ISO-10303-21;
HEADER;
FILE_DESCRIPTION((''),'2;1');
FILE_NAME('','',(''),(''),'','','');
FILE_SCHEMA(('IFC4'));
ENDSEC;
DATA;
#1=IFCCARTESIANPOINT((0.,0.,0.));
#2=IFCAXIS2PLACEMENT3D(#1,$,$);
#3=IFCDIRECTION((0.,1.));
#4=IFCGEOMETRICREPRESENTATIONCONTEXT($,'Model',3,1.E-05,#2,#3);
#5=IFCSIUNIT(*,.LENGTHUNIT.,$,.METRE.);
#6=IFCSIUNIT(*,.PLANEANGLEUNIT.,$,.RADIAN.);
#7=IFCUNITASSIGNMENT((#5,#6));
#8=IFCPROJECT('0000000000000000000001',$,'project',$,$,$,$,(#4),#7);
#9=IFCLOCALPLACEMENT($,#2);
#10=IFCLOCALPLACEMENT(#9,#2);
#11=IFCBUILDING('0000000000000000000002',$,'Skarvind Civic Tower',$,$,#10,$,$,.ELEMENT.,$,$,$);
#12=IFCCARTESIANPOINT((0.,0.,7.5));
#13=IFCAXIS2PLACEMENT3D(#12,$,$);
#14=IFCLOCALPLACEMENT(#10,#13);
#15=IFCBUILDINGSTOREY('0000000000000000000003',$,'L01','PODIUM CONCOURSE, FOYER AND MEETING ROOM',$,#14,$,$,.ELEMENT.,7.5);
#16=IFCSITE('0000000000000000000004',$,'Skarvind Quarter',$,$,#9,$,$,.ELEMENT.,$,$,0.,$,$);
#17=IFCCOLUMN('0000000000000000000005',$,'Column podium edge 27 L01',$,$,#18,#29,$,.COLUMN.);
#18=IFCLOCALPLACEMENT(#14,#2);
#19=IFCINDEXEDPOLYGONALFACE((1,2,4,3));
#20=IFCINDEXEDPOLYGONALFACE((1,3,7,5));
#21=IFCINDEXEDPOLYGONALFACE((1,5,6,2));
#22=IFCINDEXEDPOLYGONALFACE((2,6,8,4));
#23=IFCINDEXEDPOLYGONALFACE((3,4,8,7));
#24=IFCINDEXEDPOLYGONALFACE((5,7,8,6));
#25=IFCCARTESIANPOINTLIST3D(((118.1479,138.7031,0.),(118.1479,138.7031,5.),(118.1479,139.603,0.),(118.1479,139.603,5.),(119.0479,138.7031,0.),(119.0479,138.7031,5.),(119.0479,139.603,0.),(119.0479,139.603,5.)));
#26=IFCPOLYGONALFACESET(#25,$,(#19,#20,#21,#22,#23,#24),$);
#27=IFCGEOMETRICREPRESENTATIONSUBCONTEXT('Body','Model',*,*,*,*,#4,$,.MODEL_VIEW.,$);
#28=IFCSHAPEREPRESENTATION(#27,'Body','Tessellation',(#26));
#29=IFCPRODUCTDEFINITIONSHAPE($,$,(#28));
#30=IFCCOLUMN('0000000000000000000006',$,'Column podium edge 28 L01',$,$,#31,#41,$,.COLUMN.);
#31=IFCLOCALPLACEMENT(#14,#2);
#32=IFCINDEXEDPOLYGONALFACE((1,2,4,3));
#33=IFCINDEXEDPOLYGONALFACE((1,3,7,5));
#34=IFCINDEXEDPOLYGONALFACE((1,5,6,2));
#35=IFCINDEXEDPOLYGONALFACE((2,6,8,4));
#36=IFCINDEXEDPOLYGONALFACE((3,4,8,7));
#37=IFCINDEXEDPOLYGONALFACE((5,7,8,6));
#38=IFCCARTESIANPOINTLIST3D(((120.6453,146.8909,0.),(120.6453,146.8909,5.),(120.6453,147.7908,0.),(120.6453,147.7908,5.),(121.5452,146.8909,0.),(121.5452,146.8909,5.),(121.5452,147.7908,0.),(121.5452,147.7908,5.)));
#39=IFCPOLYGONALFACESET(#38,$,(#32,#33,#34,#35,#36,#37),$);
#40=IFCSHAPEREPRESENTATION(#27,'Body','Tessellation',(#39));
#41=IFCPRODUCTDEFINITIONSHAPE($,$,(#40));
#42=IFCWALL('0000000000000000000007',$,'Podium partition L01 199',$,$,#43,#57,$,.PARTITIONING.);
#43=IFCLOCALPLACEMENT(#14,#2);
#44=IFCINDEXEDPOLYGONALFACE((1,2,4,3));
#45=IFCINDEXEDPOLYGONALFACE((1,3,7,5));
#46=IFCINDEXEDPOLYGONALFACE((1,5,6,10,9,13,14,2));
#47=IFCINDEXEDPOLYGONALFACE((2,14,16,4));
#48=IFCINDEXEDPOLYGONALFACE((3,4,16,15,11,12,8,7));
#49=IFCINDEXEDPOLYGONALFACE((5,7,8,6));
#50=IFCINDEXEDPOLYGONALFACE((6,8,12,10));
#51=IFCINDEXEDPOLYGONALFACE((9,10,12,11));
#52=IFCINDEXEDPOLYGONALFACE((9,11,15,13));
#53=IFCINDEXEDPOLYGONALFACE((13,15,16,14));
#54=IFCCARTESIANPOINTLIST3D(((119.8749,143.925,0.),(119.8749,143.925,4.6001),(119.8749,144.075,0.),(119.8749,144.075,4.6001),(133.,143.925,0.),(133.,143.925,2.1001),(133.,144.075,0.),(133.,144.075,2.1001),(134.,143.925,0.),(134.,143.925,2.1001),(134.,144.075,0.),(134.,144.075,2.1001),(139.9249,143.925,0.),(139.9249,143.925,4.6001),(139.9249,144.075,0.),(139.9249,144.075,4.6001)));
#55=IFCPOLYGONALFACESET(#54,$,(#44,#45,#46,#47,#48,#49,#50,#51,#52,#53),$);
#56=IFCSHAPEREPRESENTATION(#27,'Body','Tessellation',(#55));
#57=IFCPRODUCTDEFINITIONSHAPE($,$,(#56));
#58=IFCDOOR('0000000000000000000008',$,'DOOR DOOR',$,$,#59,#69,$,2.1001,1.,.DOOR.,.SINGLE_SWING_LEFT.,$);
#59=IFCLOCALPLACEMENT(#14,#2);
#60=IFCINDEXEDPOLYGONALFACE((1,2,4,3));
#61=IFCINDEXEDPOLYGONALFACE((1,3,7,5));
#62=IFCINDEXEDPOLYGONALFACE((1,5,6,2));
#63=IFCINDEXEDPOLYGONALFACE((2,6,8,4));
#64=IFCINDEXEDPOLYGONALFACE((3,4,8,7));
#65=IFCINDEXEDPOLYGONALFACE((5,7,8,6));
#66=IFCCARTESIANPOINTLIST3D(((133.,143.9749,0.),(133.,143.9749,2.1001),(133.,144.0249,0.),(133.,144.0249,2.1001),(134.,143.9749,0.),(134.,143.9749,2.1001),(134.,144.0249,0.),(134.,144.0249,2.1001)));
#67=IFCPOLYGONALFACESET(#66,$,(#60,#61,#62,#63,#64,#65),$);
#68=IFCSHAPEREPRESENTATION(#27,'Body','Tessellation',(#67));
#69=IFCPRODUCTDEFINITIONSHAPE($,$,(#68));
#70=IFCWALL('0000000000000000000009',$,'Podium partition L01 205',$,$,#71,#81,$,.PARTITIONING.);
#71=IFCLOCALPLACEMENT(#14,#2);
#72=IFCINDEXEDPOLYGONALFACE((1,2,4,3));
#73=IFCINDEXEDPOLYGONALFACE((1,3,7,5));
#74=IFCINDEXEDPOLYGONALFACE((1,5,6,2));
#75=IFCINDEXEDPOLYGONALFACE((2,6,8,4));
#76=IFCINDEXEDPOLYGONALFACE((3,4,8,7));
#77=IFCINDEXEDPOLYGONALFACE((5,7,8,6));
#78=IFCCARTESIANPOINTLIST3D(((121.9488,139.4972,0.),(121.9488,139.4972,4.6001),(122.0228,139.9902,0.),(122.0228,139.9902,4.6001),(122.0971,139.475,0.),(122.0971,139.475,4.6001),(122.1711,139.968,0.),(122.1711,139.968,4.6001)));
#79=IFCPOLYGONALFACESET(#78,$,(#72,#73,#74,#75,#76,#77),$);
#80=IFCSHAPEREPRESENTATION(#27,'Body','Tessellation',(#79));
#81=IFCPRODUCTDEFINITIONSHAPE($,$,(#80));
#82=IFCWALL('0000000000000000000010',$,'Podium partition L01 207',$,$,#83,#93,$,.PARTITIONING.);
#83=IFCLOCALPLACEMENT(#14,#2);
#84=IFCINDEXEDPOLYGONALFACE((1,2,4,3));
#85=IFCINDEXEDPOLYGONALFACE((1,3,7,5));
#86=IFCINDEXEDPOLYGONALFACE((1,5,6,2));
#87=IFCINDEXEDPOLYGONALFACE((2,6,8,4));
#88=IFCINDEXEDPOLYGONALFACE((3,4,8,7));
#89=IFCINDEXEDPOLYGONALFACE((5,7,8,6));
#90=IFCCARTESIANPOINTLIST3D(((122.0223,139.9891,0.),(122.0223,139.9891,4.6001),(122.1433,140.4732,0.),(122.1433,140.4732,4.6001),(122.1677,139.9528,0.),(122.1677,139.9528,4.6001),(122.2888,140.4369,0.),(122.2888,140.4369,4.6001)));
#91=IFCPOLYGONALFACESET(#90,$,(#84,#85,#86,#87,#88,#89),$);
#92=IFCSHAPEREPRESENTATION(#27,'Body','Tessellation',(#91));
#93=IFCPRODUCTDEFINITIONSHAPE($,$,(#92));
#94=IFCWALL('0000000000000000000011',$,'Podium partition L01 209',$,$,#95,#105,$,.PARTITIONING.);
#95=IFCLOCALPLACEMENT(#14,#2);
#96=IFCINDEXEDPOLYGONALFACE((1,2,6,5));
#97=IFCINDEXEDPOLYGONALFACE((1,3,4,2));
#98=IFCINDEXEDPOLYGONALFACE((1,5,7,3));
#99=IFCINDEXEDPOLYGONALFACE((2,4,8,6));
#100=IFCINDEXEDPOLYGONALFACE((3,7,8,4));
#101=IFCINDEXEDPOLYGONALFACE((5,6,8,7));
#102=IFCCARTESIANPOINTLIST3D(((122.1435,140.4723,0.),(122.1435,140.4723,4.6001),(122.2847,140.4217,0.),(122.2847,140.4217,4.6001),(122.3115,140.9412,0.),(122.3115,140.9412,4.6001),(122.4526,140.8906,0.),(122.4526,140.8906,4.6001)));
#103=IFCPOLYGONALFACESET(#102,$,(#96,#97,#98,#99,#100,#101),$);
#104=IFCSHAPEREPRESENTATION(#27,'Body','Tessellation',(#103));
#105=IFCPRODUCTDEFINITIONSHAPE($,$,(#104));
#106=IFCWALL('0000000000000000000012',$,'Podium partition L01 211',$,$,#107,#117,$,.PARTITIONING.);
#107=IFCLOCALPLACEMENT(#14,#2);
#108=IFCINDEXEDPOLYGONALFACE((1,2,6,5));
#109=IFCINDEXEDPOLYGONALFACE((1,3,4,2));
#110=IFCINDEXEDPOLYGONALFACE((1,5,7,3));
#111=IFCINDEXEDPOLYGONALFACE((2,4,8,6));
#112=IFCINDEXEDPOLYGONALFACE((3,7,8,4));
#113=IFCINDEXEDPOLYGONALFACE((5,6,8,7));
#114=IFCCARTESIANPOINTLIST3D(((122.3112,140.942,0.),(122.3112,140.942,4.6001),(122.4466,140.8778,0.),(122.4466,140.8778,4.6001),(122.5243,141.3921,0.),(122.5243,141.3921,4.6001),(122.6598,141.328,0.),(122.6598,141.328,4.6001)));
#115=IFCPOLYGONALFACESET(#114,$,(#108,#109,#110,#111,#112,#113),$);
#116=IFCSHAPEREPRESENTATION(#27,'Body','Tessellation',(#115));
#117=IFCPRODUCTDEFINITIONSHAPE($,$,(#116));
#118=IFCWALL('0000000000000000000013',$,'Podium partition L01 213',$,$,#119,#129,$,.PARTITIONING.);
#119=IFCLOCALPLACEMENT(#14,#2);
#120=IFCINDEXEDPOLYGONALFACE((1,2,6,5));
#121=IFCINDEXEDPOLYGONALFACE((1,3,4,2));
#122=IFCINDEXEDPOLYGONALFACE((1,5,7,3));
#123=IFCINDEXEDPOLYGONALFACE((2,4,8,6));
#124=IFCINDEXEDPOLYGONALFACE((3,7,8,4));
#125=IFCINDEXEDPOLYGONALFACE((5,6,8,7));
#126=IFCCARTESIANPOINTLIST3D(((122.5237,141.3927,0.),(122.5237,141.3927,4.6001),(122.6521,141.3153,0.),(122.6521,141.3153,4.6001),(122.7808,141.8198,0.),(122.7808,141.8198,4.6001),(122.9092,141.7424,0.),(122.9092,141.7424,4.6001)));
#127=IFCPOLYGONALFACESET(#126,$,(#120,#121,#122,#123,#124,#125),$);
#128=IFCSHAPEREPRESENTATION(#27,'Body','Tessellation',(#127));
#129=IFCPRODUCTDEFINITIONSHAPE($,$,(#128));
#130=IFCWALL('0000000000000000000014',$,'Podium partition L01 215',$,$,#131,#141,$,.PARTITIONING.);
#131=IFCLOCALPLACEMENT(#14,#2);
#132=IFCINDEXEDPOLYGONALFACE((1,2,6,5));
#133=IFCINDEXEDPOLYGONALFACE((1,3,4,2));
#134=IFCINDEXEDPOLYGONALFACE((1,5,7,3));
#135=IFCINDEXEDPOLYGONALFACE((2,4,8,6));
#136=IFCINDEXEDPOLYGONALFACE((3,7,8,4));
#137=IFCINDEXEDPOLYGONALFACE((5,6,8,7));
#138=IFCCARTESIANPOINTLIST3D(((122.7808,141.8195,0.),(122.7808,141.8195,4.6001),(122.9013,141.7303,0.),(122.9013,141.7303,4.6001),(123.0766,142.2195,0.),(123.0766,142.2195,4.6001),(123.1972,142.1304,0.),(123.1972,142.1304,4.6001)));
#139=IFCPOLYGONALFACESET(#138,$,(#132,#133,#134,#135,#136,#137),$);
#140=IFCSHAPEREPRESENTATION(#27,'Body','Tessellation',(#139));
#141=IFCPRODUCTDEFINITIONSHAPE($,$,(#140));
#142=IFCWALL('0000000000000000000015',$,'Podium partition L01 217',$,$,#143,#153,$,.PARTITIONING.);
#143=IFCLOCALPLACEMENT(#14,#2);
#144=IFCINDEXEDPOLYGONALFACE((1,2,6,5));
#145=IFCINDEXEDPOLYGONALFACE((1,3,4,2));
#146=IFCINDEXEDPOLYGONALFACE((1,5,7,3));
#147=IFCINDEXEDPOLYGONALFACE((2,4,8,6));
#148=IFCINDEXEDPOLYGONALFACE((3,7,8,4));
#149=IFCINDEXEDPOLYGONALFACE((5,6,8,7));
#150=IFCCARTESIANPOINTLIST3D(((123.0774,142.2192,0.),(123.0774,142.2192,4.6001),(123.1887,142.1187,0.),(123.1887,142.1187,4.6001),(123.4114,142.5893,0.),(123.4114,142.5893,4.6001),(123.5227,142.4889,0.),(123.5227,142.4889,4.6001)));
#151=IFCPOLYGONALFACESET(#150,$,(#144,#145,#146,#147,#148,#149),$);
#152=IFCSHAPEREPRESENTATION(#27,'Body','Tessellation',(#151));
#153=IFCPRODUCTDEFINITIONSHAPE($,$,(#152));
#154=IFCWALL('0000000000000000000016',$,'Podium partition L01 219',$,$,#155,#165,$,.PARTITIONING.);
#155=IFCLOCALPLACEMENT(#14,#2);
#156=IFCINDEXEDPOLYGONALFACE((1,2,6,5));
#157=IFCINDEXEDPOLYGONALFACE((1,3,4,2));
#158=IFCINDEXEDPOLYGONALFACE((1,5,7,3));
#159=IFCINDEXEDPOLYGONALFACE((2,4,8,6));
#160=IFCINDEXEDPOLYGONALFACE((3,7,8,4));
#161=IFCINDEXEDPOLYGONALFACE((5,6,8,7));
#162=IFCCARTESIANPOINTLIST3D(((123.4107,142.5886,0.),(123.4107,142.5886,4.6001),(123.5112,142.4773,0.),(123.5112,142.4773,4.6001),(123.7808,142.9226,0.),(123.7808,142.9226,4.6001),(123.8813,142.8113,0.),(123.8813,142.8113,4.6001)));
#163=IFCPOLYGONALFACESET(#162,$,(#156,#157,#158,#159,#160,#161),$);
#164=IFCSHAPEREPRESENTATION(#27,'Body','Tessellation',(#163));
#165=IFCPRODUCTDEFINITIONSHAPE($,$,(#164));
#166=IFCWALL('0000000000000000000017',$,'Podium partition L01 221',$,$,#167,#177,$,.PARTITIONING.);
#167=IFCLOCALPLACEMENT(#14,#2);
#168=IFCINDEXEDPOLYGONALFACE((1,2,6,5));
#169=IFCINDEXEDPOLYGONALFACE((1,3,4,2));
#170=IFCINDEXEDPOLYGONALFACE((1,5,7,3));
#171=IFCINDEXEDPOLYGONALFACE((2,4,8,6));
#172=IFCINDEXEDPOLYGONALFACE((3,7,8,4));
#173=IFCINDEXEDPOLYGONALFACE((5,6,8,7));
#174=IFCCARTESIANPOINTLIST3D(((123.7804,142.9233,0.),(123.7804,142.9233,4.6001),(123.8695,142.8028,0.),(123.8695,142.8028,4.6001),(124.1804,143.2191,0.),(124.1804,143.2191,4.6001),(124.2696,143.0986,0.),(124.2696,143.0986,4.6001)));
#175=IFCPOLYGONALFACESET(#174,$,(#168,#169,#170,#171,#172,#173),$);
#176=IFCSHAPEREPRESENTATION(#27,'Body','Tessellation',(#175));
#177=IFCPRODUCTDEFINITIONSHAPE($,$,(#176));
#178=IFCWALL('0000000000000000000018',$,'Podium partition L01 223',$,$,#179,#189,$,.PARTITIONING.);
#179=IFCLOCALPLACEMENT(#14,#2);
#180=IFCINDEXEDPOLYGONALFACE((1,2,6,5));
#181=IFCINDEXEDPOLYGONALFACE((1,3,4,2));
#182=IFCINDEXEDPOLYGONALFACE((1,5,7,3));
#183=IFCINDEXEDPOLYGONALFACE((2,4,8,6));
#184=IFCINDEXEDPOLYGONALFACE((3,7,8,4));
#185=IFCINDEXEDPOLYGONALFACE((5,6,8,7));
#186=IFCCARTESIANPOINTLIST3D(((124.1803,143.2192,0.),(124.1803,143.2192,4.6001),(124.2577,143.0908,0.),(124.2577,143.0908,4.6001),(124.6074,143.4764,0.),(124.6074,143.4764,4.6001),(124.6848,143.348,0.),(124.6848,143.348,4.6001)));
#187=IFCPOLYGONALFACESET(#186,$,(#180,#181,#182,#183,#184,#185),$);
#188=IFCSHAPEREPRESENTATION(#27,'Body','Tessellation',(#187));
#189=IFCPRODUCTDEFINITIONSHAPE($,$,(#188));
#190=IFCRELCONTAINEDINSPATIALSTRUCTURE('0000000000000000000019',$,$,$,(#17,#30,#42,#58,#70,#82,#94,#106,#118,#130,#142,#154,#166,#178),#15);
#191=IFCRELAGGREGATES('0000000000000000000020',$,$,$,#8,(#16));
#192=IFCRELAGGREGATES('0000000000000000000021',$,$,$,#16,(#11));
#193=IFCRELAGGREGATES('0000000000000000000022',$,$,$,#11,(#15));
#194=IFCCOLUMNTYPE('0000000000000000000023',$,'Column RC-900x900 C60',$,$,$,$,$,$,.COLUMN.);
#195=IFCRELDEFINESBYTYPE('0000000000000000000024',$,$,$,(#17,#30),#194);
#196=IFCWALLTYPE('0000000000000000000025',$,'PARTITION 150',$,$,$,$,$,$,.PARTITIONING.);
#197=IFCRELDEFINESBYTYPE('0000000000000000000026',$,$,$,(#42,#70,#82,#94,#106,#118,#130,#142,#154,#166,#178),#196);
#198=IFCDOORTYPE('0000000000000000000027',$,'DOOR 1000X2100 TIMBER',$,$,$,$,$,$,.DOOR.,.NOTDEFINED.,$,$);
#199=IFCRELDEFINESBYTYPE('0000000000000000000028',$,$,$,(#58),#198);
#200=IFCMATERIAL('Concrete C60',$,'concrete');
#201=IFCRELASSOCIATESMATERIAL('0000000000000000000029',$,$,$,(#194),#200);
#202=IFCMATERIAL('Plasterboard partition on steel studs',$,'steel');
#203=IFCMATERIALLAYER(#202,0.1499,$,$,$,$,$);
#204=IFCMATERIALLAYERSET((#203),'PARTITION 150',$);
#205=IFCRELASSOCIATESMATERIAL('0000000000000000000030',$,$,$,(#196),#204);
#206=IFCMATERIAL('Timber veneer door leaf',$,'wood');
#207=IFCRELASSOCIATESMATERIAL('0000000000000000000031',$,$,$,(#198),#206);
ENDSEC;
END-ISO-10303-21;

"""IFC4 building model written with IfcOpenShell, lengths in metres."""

from ifc_helpers import new_model, si_unit, direction, frame, frame_2d, origin, origin_2d, place, context, subcontext, project, spatial, rectangle, extrude, material, layer, layer_set, material_profile, profile_set, type_object, element, fill, save


model = new_model("IFC4")

# Units and contexts
model_context = context("Model", 3, precision=1e-05, world=origin(), true_north=direction((0.0, 1.0)))
body_context = subcontext(model_context, "Body", "Model", "MODEL_VIEW")
ifc_project = project(units=[si_unit("LENGTHUNIT", "METRE"), si_unit("PLANEANGLEUNIT", "RADIAN")], contexts=[model_context])

# Site, building, storey
site_placement = place(None, origin())
site = spatial("IfcSite", under=ifc_project, at=site_placement, Name="Skarvind Quarter", CompositionType="ELEMENT", RefElevation=0.0)
building_placement = place(site_placement, origin())
building = spatial("IfcBuilding", under=site, at=building_placement, Name="Skarvind Civic Tower", CompositionType="ELEMENT")
storey_placement = place(building_placement, frame((0.0, 0.0, 7.5)))
storey = spatial("IfcBuildingStorey", under=building, at=storey_placement, Name="L01", Description="PODIUM CONCOURSE, FOYER AND MEETING ROOM", CompositionType="ELEMENT", Elevation=7.5)

# Columns
ifc_material_1 = material(Name="Concrete C60", Category="concrete")
ifc_material_profile = material_profile(ifc_material_1, rectangle(XDim=0.8999, YDim=0.8999, at=origin_2d()), Name="RC-900x900")
ifc_profile_set = profile_set([ifc_material_profile], Name="Concrete C60")
column_type = type_object("IfcColumnType", Name="Column RC-900x900 C60", PredefinedType="COLUMN", material=ifc_profile_set)
for number, where, z_axis, x_axis, name in (
    (1, (118.5979, 139.1531, 0.0), (0.0, 0.0, 1.0), (1.0, 0.0, 0.0), "Column podium edge 27 L01"),
    (2, (121.0952, 147.3408, 0.0), (0.0, 0.0, 1.0), (1.0, 0.0, 0.0), "Column podium edge 28 L01"),
):
    element("IfcColumn", number, at=place(storey_placement, frame(where, z_axis=z_axis, x_axis=x_axis)), inside=storey, type_object=column_type, Name=name, PredefinedType="COLUMN", context=body_context, shape_type="SweptSolid", body=[
        extrude(rectangle(XDim=0.8999, YDim=0.8999, at=origin_2d()), origin(), (0.0, 0.0, 1.0), 5.0),
    ])

# Wall, opening, door
ifc_material_2 = material(Name="Plasterboard partition on steel studs", Category="steel")
ifc_layer_1 = layer(ifc_material_2, 0.1499)
ifc_layer_set_1 = layer_set([ifc_layer_1], Name="PARTITION 150")
wall_type_1 = type_object("IfcWallType", Name="PARTITION 150", PredefinedType="PARTITIONING", material=ifc_layer_set_1)
wall_1_placement = place(storey_placement, frame((119.875, 144.0, 0.0), z_axis=(0.0, 0.0, 1.0), x_axis=(1.0, 0.0, 0.0)))
wall_1 = element("IfcWall", 3, at=wall_1_placement, inside=storey, type_object=wall_type_1, Name="Podium partition L01 199", PredefinedType="PARTITIONING", context=body_context, shape_type="SweptSolid", body=[
    extrude(rectangle(XDim=20.05, YDim=0.1499, at=frame_2d((10.0249, 0.0))), origin(), (0.0, 0.0, 1.0), 4.6001),
])
opening_placement = place(wall_1_placement, frame((13.125, 0.0, 0.0)))
opening = element("IfcOpeningElement", 4, at=opening_placement, cuts=wall_1, PredefinedType="OPENING", context=body_context, shape_type="SweptSolid", body=[
    extrude(rectangle(XDim=1.0, YDim=2.1001, at=frame_2d((0.5, 1.05))), frame((0.0, 0.085, 0.0), z_axis=(0.0, -1.0, 0.0), x_axis=(1.0, 0.0, 0.0)), (0.0, 0.0, 1.0), 0.1699),
])
ifc_material_3 = material(Name="Timber veneer door leaf", Category="wood")
door_type = type_object("IfcDoorType", Name="DOOR 1000X2100 TIMBER", OperationType="NOTDEFINED", PredefinedType="DOOR", material=ifc_material_3)
door_placement = place(opening_placement, origin())
door = element("IfcDoor", 5, at=door_placement, inside=storey, type_object=door_type, Name="DOOR DOOR", OperationType="SINGLE_SWING_LEFT", OverallHeight=2.1001, OverallWidth=1.0, PredefinedType="DOOR", context=body_context, shape_type="SweptSolid", body=[
    extrude(rectangle(XDim=1.0, YDim=2.1001, at=frame_2d((0.5, 1.05))), frame((0.0, 0.0249, 0.0), z_axis=(0.0, -1.0, 0.0), x_axis=(1.0, 0.0, 0.0)), (0.0, 0.0, 1.0), 0.05),
])
fill(opening, door)

# Walls
wall_2_placement = place(storey_placement, frame((122.0229, 139.4861, 0.0), z_axis=(0.0, 0.0, 1.0), x_axis=(0.148412, 0.988926, 0.0)))
element("IfcWall", 6, at=wall_2_placement, inside=storey, type_object=wall_type_1, Name="Podium partition L01 205", PredefinedType="PARTITIONING", context=body_context, shape_type="SweptSolid", body=[
    extrude(rectangle(XDim=0.4985, YDim=0.1499, at=frame_2d((0.2493, 0.0))), origin(), (0.0, 0.0, 1.0), 4.6001),
])
wall_3_placement = place(storey_placement, frame((122.095, 139.9709, 0.0), z_axis=(0.0, 0.0, 1.0), x_axis=(0.242651, 0.970114, 0.0)))
element("IfcWall", 7, at=wall_3_placement, inside=storey, type_object=wall_type_1, Name="Podium partition L01 207", PredefinedType="PARTITIONING", context=body_context, shape_type="SweptSolid", body=[
    extrude(rectangle(XDim=0.499, YDim=0.1499, at=frame_2d((0.2495, 0.0))), origin(), (0.0, 0.0, 1.0), 4.6001),
])
for number, where, z_axis, x_axis, name in (
    (8, (122.2141, 140.447, 0.0), (0.0, 0.0, 1.0), (0.337174, 0.941442, 0.0), "Podium partition L01 209"),
    (9, (122.3789, 140.9099, 0.0), (0.0, 0.0, 1.0), (0.427897, 0.903828, 0.0), "Podium partition L01 211"),
):
    element("IfcWall", number, at=place(storey_placement, frame(where, z_axis=z_axis, x_axis=x_axis)), inside=storey, type_object=wall_type_1, Name=name, PredefinedType="PARTITIONING", context=body_context, shape_type="SweptSolid", body=[
        extrude(rectangle(XDim=0.498, YDim=0.1499, at=frame_2d((0.249, 0.0))), origin(), (0.0, 0.0, 1.0), 4.6001),
    ])
wall_4_placement = place(storey_placement, frame((122.5879, 141.354, 0.0), z_axis=(0.0, 0.0, 1.0), x_axis=(0.515792, 0.856714, 0.0)))
element("IfcWall", 10, at=wall_4_placement, inside=storey, type_object=wall_type_1, Name="Podium partition L01 213", PredefinedType="PARTITIONING", context=body_context, shape_type="SweptSolid", body=[
    extrude(rectangle(XDim=0.4985, YDim=0.1499, at=frame_2d((0.2493, 0.0))), origin(), (0.0, 0.0, 1.0), 4.6001),
])
wall_5_placement = place(storey_placement, frame((122.8411, 141.7749, 0.0), z_axis=(0.0, 0.0, 1.0), x_axis=(0.59457, 0.804044, 0.0)))
element("IfcWall", 11, at=wall_5_placement, inside=storey, type_object=wall_type_1, Name="Podium partition L01 215", PredefinedType="PARTITIONING", context=body_context, shape_type="SweptSolid", body=[
    extrude(rectangle(XDim=0.4976, YDim=0.1499, at=frame_2d((0.2488, 0.0))), origin(), (0.0, 0.0, 1.0), 4.6001),
])
for number, where, z_axis, x_axis, name in (
    (12, (123.1331, 142.1689, 0.0), (0.0, 0.0, 1.0), (0.669938, 0.742417, 0.0), "Podium partition L01 217"),
    (13, (123.4609, 142.533, 0.0), (0.0, 0.0, 1.0), (0.742417, 0.669938, 0.0), "Podium partition L01 219"),
):
    element("IfcWall", number, at=place(storey_placement, frame(where, z_axis=z_axis, x_axis=x_axis)), inside=storey, type_object=wall_type_1, Name=name, PredefinedType="PARTITIONING", context=body_context, shape_type="SweptSolid", body=[
        extrude(rectangle(XDim=0.4985, YDim=0.1499, at=frame_2d((0.2493, 0.0))), origin(), (0.0, 0.0, 1.0), 4.6001),
    ])
wall_6_placement = place(storey_placement, frame((123.825, 142.863, 0.0), z_axis=(0.0, 0.0, 1.0), x_axis=(0.804044, 0.59457, 0.0)))
element("IfcWall", 14, at=wall_6_placement, inside=storey, type_object=wall_type_1, Name="Podium partition L01 221", PredefinedType="PARTITIONING", context=body_context, shape_type="SweptSolid", body=[
    extrude(rectangle(XDim=0.4976, YDim=0.1499, at=frame_2d((0.2488, 0.0))), origin(), (0.0, 0.0, 1.0), 4.6001),
])
wall_7_placement = place(storey_placement, frame((124.219, 143.155, 0.0), z_axis=(0.0, 0.0, 1.0), x_axis=(0.856714, 0.515792, 0.0)))
element("IfcWall", 15, at=wall_7_placement, inside=storey, type_object=wall_type_1, Name="Podium partition L01 223", PredefinedType="PARTITIONING", context=body_context, shape_type="SweptSolid", body=[
    extrude(rectangle(XDim=0.4985, YDim=0.1499, at=frame_2d((0.2493, 0.0))), origin(), (0.0, 0.0, 1.0), 4.6001),
])

save(model, "model.ifc")
